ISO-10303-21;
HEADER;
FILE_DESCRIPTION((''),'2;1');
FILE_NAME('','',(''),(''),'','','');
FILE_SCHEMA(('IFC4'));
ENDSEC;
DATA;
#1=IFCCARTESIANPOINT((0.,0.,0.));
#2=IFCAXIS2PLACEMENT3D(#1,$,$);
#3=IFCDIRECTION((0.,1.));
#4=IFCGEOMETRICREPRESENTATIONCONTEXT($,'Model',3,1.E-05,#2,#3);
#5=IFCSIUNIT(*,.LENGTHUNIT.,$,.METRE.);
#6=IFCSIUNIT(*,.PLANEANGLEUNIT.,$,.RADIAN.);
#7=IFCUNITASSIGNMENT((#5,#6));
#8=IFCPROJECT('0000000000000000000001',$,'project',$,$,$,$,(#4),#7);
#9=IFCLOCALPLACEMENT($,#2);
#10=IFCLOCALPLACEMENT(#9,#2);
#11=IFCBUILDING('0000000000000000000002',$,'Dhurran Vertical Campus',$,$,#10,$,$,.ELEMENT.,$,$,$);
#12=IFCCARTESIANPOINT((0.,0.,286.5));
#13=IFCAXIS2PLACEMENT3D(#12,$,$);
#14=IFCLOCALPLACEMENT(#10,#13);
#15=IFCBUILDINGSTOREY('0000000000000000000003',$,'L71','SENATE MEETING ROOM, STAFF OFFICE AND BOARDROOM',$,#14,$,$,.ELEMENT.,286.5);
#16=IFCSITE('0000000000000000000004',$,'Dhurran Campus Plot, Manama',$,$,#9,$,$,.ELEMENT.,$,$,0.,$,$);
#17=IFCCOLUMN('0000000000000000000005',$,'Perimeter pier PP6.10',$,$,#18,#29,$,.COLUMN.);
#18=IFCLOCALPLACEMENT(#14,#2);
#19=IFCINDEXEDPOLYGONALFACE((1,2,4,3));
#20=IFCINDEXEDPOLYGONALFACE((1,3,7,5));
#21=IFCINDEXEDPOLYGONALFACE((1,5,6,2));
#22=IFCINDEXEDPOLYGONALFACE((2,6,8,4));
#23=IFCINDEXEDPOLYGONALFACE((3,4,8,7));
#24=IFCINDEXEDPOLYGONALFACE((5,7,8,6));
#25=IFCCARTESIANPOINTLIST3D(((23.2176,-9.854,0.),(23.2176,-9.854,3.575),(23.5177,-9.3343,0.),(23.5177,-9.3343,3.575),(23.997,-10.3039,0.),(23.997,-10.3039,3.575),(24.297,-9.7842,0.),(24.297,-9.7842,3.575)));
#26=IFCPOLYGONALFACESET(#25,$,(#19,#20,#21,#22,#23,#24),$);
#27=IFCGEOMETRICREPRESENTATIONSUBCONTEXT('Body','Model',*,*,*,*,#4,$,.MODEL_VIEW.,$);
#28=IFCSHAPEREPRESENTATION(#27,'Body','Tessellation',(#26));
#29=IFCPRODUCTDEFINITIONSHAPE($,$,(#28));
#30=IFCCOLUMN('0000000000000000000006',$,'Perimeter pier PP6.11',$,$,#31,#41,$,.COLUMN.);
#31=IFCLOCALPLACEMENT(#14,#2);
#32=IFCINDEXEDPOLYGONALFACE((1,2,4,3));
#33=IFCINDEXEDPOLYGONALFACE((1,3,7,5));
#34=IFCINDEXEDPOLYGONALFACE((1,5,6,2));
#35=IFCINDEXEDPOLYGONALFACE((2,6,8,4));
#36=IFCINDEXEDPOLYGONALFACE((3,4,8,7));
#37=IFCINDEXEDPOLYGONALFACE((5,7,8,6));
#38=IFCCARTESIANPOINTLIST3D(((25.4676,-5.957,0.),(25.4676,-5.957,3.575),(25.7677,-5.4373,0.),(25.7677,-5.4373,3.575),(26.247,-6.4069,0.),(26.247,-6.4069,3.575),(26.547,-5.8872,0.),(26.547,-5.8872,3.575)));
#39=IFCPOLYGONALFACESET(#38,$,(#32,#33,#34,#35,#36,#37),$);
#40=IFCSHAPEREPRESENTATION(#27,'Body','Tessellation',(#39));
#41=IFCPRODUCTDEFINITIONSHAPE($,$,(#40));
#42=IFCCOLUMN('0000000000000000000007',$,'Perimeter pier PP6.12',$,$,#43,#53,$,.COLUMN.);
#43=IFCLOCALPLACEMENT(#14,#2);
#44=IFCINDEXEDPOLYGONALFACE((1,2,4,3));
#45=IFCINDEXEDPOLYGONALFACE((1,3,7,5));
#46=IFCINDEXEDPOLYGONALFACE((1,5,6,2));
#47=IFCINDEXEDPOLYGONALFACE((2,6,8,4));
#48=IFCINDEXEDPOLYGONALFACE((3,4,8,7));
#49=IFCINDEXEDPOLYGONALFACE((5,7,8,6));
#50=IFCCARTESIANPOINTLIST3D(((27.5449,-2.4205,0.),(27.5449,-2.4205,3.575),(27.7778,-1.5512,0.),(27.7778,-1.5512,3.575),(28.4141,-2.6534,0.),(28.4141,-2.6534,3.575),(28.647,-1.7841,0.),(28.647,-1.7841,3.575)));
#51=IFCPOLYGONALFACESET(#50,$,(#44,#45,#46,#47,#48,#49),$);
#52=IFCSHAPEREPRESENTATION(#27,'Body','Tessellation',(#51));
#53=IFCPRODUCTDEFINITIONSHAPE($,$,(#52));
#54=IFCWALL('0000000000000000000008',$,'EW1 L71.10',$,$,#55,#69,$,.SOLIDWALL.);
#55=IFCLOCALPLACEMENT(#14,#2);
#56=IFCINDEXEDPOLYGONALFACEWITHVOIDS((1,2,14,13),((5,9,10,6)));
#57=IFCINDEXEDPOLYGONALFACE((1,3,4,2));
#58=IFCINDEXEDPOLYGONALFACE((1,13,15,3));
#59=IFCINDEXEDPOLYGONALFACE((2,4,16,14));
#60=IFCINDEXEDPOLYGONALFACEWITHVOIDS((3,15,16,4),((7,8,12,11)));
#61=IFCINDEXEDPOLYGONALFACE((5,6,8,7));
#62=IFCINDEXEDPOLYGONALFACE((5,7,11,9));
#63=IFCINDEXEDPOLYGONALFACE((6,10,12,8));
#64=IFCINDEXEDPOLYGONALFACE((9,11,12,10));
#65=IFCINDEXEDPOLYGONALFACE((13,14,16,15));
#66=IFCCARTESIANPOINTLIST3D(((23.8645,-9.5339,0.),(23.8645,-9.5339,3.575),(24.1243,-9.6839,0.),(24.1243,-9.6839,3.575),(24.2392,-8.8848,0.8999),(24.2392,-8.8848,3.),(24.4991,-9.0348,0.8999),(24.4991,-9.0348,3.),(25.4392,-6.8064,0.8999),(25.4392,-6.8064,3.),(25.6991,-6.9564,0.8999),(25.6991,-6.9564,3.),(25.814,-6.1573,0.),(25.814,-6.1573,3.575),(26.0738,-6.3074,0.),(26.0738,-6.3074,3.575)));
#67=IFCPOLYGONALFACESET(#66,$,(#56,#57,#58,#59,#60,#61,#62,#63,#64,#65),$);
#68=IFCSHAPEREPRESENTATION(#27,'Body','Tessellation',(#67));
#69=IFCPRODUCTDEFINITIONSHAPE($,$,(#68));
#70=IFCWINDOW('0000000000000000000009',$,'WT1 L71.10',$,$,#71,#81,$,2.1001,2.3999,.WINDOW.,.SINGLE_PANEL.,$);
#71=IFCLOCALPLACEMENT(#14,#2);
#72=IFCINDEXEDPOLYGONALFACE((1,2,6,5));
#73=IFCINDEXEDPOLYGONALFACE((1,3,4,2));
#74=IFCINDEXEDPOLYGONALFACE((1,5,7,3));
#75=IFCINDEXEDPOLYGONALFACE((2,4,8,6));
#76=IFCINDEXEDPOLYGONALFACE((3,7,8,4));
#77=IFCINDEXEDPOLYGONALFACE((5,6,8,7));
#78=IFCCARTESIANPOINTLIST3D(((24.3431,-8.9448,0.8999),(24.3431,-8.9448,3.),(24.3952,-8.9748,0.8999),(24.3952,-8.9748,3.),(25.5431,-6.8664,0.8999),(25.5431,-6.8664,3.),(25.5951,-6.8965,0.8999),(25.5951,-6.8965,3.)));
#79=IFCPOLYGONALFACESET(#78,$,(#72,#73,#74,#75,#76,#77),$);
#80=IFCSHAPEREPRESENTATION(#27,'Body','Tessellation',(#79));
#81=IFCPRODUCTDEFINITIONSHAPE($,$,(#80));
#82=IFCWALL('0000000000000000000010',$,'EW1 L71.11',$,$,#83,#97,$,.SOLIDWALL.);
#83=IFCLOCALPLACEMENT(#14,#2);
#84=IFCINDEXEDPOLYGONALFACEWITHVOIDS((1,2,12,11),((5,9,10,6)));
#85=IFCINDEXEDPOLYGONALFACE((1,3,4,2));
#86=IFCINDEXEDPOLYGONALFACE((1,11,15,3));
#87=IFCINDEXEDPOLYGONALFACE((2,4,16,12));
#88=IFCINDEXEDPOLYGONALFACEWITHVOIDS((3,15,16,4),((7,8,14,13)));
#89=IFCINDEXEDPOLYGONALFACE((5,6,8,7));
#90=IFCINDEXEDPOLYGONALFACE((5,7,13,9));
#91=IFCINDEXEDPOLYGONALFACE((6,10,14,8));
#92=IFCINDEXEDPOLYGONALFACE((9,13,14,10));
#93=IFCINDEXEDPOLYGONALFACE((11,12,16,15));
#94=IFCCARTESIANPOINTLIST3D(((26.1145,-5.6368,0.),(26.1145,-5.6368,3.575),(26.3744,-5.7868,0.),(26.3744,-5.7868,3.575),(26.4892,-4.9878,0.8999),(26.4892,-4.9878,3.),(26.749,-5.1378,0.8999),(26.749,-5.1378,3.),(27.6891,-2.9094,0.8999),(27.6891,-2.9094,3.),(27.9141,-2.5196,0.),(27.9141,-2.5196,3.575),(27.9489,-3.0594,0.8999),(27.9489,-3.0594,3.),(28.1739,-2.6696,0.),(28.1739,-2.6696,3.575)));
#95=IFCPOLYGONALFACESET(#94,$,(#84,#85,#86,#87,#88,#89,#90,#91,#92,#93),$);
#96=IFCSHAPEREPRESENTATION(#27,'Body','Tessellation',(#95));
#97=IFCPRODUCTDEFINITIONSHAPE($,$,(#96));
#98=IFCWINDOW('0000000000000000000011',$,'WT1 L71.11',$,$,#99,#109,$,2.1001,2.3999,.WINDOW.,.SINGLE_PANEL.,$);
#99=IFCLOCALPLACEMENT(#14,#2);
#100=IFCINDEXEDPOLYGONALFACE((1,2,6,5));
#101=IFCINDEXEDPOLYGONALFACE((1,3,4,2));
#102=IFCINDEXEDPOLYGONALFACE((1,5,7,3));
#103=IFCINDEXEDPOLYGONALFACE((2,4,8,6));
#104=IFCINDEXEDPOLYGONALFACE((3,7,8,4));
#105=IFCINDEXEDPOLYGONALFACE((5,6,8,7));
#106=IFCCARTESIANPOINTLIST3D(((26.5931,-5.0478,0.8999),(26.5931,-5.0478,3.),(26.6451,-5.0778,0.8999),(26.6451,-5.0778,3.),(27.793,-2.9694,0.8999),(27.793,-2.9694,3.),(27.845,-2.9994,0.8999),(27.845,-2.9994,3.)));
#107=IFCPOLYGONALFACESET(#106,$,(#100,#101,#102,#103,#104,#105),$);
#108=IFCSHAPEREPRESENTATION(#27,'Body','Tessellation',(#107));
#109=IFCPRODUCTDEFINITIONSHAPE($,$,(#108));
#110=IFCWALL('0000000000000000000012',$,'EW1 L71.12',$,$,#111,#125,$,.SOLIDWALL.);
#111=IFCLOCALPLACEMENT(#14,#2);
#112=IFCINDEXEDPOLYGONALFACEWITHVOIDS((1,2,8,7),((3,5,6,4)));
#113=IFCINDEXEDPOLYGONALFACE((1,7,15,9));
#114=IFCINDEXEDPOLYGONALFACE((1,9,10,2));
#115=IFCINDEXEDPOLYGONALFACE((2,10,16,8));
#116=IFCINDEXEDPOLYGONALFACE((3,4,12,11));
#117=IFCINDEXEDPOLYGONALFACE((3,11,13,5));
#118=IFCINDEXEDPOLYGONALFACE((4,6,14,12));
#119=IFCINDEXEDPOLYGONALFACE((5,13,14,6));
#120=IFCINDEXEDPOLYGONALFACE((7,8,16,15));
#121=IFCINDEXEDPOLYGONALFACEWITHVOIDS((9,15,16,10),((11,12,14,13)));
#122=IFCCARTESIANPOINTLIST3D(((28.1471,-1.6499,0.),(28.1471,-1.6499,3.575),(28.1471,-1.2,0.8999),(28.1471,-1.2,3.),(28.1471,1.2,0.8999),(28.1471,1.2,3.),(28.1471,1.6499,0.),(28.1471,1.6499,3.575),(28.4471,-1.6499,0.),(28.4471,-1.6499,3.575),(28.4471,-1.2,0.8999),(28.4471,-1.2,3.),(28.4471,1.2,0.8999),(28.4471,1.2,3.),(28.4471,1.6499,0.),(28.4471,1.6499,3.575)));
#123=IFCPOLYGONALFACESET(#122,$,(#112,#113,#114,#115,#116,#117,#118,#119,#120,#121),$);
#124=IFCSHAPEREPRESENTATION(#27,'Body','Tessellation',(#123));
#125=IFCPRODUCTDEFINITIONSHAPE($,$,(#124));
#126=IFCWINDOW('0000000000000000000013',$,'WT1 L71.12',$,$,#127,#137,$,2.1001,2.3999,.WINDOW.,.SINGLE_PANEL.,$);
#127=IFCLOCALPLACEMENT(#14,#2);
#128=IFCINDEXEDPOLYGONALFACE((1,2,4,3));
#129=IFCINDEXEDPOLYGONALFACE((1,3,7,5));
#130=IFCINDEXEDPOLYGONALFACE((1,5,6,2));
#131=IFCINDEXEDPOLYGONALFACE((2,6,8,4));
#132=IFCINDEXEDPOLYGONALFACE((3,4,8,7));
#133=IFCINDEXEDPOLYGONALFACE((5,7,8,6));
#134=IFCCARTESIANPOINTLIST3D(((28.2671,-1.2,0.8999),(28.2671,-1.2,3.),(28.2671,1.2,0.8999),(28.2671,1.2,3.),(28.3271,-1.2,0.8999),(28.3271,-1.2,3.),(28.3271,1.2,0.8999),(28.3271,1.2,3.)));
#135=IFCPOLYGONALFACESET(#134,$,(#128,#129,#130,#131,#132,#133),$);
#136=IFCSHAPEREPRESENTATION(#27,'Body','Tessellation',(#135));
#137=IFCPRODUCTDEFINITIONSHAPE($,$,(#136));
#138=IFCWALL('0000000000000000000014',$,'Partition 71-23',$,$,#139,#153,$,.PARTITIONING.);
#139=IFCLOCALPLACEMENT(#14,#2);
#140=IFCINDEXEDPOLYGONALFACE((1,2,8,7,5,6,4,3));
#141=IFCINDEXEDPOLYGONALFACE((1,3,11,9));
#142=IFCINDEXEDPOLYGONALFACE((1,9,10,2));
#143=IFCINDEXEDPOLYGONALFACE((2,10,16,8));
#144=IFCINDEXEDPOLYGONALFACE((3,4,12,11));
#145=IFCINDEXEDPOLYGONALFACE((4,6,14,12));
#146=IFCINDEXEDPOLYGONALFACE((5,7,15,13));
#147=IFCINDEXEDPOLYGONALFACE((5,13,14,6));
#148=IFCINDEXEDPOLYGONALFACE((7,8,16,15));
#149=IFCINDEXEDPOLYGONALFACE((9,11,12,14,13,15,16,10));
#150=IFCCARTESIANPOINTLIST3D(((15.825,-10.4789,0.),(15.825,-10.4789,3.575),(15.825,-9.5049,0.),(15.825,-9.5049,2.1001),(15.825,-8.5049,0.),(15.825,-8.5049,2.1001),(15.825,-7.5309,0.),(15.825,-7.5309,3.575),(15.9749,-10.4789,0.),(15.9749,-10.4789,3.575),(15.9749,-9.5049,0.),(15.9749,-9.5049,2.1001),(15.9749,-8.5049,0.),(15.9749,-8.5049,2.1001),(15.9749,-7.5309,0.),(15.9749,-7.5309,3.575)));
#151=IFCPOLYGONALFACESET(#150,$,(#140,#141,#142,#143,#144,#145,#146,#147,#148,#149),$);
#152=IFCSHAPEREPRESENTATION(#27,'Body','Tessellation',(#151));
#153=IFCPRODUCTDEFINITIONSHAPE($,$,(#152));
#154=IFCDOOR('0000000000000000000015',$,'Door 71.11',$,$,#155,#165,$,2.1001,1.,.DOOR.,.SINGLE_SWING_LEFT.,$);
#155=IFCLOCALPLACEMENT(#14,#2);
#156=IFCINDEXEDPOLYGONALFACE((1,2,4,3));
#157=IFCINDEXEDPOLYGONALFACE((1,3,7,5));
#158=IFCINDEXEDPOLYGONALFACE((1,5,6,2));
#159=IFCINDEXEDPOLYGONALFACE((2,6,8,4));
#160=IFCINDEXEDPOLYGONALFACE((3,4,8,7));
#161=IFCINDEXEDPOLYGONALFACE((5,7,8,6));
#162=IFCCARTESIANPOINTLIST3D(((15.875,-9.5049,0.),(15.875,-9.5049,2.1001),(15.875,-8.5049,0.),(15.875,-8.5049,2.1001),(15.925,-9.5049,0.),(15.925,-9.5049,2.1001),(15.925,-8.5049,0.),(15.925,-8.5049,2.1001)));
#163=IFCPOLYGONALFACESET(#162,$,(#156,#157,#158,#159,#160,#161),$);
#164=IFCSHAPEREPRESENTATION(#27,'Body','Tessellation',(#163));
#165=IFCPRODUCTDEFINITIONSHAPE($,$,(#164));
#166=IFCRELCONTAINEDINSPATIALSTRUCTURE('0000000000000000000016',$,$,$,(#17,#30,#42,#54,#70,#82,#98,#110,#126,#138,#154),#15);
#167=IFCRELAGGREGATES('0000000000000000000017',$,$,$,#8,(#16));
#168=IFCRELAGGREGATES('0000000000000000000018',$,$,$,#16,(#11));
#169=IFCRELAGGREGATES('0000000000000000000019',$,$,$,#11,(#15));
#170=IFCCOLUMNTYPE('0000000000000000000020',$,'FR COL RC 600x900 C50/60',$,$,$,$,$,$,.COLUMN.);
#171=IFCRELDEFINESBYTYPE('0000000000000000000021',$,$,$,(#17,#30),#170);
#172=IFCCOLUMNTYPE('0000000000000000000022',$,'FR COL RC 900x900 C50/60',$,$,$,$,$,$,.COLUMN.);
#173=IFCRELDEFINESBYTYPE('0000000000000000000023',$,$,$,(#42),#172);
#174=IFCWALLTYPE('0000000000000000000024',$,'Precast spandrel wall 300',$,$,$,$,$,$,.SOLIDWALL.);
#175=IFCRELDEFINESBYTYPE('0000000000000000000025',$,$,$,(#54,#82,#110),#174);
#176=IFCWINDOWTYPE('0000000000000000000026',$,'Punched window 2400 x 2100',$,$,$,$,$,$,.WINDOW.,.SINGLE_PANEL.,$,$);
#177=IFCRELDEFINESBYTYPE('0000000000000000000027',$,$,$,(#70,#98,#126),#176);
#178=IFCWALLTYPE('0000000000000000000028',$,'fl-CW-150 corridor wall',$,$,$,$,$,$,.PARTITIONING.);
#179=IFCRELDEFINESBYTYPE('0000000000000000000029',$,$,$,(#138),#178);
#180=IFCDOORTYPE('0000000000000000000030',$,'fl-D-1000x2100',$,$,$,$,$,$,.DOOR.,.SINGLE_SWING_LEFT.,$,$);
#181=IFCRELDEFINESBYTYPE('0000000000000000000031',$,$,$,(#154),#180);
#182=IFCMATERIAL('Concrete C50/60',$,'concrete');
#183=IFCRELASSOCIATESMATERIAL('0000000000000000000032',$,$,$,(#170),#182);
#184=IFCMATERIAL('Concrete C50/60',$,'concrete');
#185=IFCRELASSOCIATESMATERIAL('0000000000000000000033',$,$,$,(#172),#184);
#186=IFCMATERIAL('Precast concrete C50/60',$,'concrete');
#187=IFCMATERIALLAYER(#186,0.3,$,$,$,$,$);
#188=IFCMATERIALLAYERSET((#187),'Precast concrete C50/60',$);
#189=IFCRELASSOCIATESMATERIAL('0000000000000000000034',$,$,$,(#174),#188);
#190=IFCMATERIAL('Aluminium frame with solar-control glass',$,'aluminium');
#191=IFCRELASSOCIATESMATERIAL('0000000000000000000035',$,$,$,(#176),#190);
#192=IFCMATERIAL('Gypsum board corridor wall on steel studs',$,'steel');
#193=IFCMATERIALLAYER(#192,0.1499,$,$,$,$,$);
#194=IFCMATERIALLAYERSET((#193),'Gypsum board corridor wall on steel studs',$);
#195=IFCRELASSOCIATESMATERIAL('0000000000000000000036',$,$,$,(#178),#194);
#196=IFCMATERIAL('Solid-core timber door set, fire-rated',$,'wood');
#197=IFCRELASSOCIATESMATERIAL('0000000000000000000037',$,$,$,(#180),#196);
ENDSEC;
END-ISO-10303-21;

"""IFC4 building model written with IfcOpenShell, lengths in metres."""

from ifc_helpers import new_model, si_unit, direction, frame, frame_2d, origin, origin_2d, place, context, subcontext, project, spatial, rectangle, extrude, material, layer, layer_set, material_profile, profile_set, type_object, element, fill, save


model = new_model("IFC4")

# Units and contexts
model_context = context("Model", 3, precision=1e-05, world=origin(), true_north=direction((0.0, 1.0)))
body_context = subcontext(model_context, "Body", "Model", "MODEL_VIEW")
ifc_project = project(units=[si_unit("LENGTHUNIT", "METRE"), si_unit("PLANEANGLEUNIT", "RADIAN")], contexts=[model_context])

# Site, building, storey
site_placement = place(None, origin())
site = spatial("IfcSite", under=ifc_project, at=site_placement, Name="Dhurran Campus Plot, Manama", CompositionType="ELEMENT", RefElevation=0.0)
building_placement = place(site_placement, origin())
building = spatial("IfcBuilding", under=site, at=building_placement, Name="Dhurran Vertical Campus", CompositionType="ELEMENT")
storey_placement = place(building_placement, frame((0.0, 0.0, 286.5)))
storey = spatial("IfcBuildingStorey", under=building, at=storey_placement, Name="L71", Description="SENATE MEETING ROOM, STAFF OFFICE AND BOARDROOM", CompositionType="ELEMENT", Elevation=286.5)

# Columns
ifc_material_1 = material(Name="Concrete C50/60", Category="concrete")
ifc_material_profile_1 = material_profile(ifc_material_1, rectangle(XDim=0.6001, YDim=0.8999, at=origin_2d()), Name="RC 600x900")
ifc_profile_set_1 = profile_set([ifc_material_profile_1], Name="Concrete C50/60")
column_type_1 = type_object("IfcColumnType", Name="FR COL RC 600x900 C50/60", PredefinedType="COLUMN", material=ifc_profile_set_1)
for number, where, z_axis, x_axis, name in (
    (1, (23.7573, -9.8191, 0.0), (0.0, 0.0, 1.0), (0.5, 0.866025, 0.0), "Perimeter pier PP6.10"),
    (2, (26.0073, -5.9221, 0.0), (0.0, 0.0, 1.0), (0.5, 0.866025, 0.0), "Perimeter pier PP6.11"),
):
    element("IfcColumn", number, at=place(storey_placement, frame(where, z_axis=z_axis, x_axis=x_axis)), inside=storey, type_object=column_type_1, Name=name, PredefinedType="COLUMN", context=body_context, shape_type="SweptSolid", body=[
        extrude(rectangle(XDim=0.6001, YDim=0.8999, at=origin_2d()), origin(), (0.0, 0.0, 1.0), 3.575),
    ])
ifc_material_2 = material(Name="Concrete C50/60", Category="concrete")
ifc_material_profile_2 = material_profile(ifc_material_2, rectangle(XDim=0.8999, YDim=0.8999, at=origin_2d()), Name="RC 900x900")
ifc_profile_set_2 = profile_set([ifc_material_profile_2], Name="Concrete C50/60")
column_type_2 = type_object("IfcColumnType", Name="FR COL RC 900x900 C50/60", PredefinedType="COLUMN", material=ifc_profile_set_2)
column_placement = place(storey_placement, frame((28.0959, -2.1023, 0.0), z_axis=(0.0, 0.0, 1.0), x_axis=(0.258819, 0.965926, 0.0)))
element("IfcColumn", 3, at=column_placement, inside=storey, type_object=column_type_2, Name="Perimeter pier PP6.12", PredefinedType="COLUMN", context=body_context, shape_type="SweptSolid", body=[
    extrude(rectangle(XDim=0.8999, YDim=0.8999, at=origin_2d()), origin(), (0.0, 0.0, 1.0), 3.575),
])

# Walls, openings, windows
ifc_material_3 = material(Name="Precast concrete C50/60", Category="concrete")
ifc_layer_1 = layer(ifc_material_3, 0.3)
ifc_layer_set_1 = layer_set([ifc_layer_1], Name="Precast concrete C50/60")
wall_type_1 = type_object("IfcWallType", Name="Precast spandrel wall 300", PredefinedType="SOLIDWALL", material=ifc_layer_set_1)
wall_1_placement = place(storey_placement, frame((23.9944, -9.6089, 0.0), z_axis=(0.0, 0.0, 1.0), x_axis=(0.500012, 0.866019, 0.0)))
wall_1 = element("IfcWall", 4, at=wall_1_placement, inside=storey, type_object=wall_type_1, Name="EW1 L71.10", PredefinedType="SOLIDWALL", context=body_context, shape_type="SweptSolid", body=[
    extrude(rectangle(XDim=3.8989, YDim=0.3, at=frame_2d((1.9495, 0.0))), origin(), (0.0, 0.0, 1.0), 3.575),
])
opening_1_placement = place(wall_1_placement, frame((0.7495, 0.0, 0.8999)))
opening_1 = element("IfcOpeningElement", 5, at=opening_1_placement, cuts=wall_1, PredefinedType="OPENING", context=body_context, shape_type="SweptSolid", body=[
    extrude(rectangle(XDim=2.3999, YDim=2.1001, at=frame_2d((1.2, 1.05))), frame((0.0, 0.1599, 0.0), z_axis=(0.0, -1.0, 0.0), x_axis=(1.0, 0.0, 0.0)), (0.0, 0.0, 1.0), 0.3201),
])
ifc_material_4 = material(Name="Aluminium frame with solar-control glass", Category="aluminium")
window_type = type_object("IfcWindowType", Name="Punched window 2400 x 2100", PartitioningType="SINGLE_PANEL", PredefinedType="WINDOW", material=ifc_material_4)
window_1_placement = place(opening_1_placement, origin())
window_1 = element("IfcWindow", 6, at=window_1_placement, inside=storey, type_object=window_type, Name="WT1 L71.10", OverallHeight=2.1001, OverallWidth=2.3999, PartitioningType="SINGLE_PANEL", PredefinedType="WINDOW", context=body_context, shape_type="SweptSolid", body=[
    extrude(rectangle(XDim=2.3999, YDim=2.1001, at=frame_2d((1.2, 1.05))), frame((0.0, 0.03, 0.0), z_axis=(0.0, -1.0, 0.0), x_axis=(1.0, 0.0, 0.0)), (0.0, 0.0, 1.0), 0.0601),
])
fill(opening_1, window_1)
wall_2_placement = place(storey_placement, frame((26.2444, -5.7119, 0.0), z_axis=(0.0, 0.0, 1.0), x_axis=(0.499969, 0.866043, 0.0)))
wall_2 = element("IfcWall", 7, at=wall_2_placement, inside=storey, type_object=wall_type_1, Name="EW1 L71.11", PredefinedType="SOLIDWALL", context=body_context, shape_type="SweptSolid", body=[
    extrude(rectangle(XDim=3.5994, YDim=0.3, at=frame_2d((1.7998, 0.0))), origin(), (0.0, 0.0, 1.0), 3.575),
])
opening_2_placement = place(wall_2_placement, frame((0.7495, 0.0, 0.8999)))
opening_2 = element("IfcOpeningElement", 8, at=opening_2_placement, cuts=wall_2, PredefinedType="OPENING", context=body_context, shape_type="SweptSolid", body=[
    extrude(rectangle(XDim=2.3999, YDim=2.1001, at=frame_2d((1.2, 1.05))), frame((0.0, 0.1599, 0.0), z_axis=(0.0, -1.0, 0.0), x_axis=(1.0, 0.0, 0.0)), (0.0, 0.0, 1.0), 0.3201),
])
window_2_placement = place(opening_2_placement, origin())
window_2 = element("IfcWindow", 9, at=window_2_placement, inside=storey, type_object=window_type, Name="WT1 L71.11", OverallHeight=2.1001, OverallWidth=2.3999, PartitioningType="SINGLE_PANEL", PredefinedType="WINDOW", context=body_context, shape_type="SweptSolid", body=[
    extrude(rectangle(XDim=2.3999, YDim=2.1001, at=frame_2d((1.2, 1.05))), frame((0.0, 0.03, 0.0), z_axis=(0.0, -1.0, 0.0), x_axis=(1.0, 0.0, 0.0)), (0.0, 0.0, 1.0), 0.0601),
])
fill(opening_2, window_2)
wall_3_placement = place(storey_placement, frame((28.2971, -1.6499, 0.0), z_axis=(0.0, 0.0, 1.0), x_axis=(0.0, 1.0, 0.0)))
wall_3 = element("IfcWall", 10, at=wall_3_placement, inside=storey, type_object=wall_type_1, Name="EW1 L71.12", PredefinedType="SOLIDWALL", context=body_context, shape_type="SweptSolid", body=[
    extrude(rectangle(XDim=3.2998, YDim=0.3, at=frame_2d((1.6499, 0.0))), origin(), (0.0, 0.0, 1.0), 3.575),
])
opening_3_placement = place(wall_3_placement, frame((0.45, 0.0, 0.8999)))
opening_3 = element("IfcOpeningElement", 11, at=opening_3_placement, cuts=wall_3, PredefinedType="OPENING", context=body_context, shape_type="SweptSolid", body=[
    extrude(rectangle(XDim=2.3999, YDim=2.1001, at=frame_2d((1.2, 1.05))), frame((0.0, 0.1599, 0.0), z_axis=(0.0, -1.0, 0.0), x_axis=(1.0, 0.0, 0.0)), (0.0, 0.0, 1.0), 0.3201),
])
window_3_placement = place(opening_3_placement, origin())
window_3 = element("IfcWindow", 12, at=window_3_placement, inside=storey, type_object=window_type, Name="WT1 L71.12", OverallHeight=2.1001, OverallWidth=2.3999, PartitioningType="SINGLE_PANEL", PredefinedType="WINDOW", context=body_context, shape_type="SweptSolid", body=[
    extrude(rectangle(XDim=2.3999, YDim=2.1001, at=frame_2d((1.2, 1.05))), frame((0.0, 0.03, 0.0), z_axis=(0.0, -1.0, 0.0), x_axis=(1.0, 0.0, 0.0)), (0.0, 0.0, 1.0), 0.0601),
])
fill(opening_3, window_3)

# Wall, opening, door
ifc_material_5 = material(Name="Gypsum board corridor wall on steel studs", Category="steel")
ifc_layer_2 = layer(ifc_material_5, 0.1499)
ifc_layer_set_2 = layer_set([ifc_layer_2], Name="Gypsum board corridor wall on steel studs")
wall_type_2 = type_object("IfcWallType", Name="fl-CW-150 corridor wall", PredefinedType="PARTITIONING", material=ifc_layer_set_2)
wall_4_placement = place(storey_placement, frame((15.8999, -10.479, 0.0), z_axis=(0.0, 0.0, 1.0), x_axis=(0.0, 1.0, 0.0)))
wall_4 = element("IfcWall", 13, at=wall_4_placement, inside=storey, type_object=wall_type_2, Name="Partition 71-23", PredefinedType="PARTITIONING", context=body_context, shape_type="SweptSolid", body=[
    extrude(rectangle(XDim=2.948, YDim=0.1499, at=frame_2d((1.4741, 0.0))), origin(), (0.0, 0.0, 1.0), 3.575),
])
opening_4_placement = place(wall_4_placement, frame((0.9741, 0.0, 0.0)))
opening_4 = element("IfcOpeningElement", 14, at=opening_4_placement, cuts=wall_4, PredefinedType="OPENING", context=body_context, shape_type="SweptSolid", body=[
    extrude(rectangle(XDim=1.0, YDim=2.1001, at=frame_2d((0.5, 1.05))), frame((0.0, 0.085, 0.0), z_axis=(0.0, -1.0, 0.0), x_axis=(1.0, 0.0, 0.0)), (0.0, 0.0, 1.0), 0.1699),
])
ifc_material_6 = material(Name="Solid-core timber door set, fire-rated", Category="wood")
door_type = type_object("IfcDoorType", Name="fl-D-1000x2100", OperationType="SINGLE_SWING_LEFT", PredefinedType="DOOR", material=ifc_material_6)
door_1_placement = place(opening_4_placement, origin())
door_1 = element("IfcDoor", 15, at=door_1_placement, inside=storey, type_object=door_type, Name="Door 71.11", OperationType="SINGLE_SWING_LEFT", OverallHeight=2.1001, OverallWidth=1.0, PredefinedType="DOOR", context=body_context, shape_type="SweptSolid", body=[
    extrude(rectangle(XDim=1.0, YDim=2.1001, at=frame_2d((0.5, 1.05))), frame((0.0, 0.0249, 0.0), z_axis=(0.0, -1.0, 0.0), x_axis=(1.0, 0.0, 0.0)), (0.0, 0.0, 1.0), 0.05),
])
fill(opening_4, door_1)

save(model, "model.ifc")
